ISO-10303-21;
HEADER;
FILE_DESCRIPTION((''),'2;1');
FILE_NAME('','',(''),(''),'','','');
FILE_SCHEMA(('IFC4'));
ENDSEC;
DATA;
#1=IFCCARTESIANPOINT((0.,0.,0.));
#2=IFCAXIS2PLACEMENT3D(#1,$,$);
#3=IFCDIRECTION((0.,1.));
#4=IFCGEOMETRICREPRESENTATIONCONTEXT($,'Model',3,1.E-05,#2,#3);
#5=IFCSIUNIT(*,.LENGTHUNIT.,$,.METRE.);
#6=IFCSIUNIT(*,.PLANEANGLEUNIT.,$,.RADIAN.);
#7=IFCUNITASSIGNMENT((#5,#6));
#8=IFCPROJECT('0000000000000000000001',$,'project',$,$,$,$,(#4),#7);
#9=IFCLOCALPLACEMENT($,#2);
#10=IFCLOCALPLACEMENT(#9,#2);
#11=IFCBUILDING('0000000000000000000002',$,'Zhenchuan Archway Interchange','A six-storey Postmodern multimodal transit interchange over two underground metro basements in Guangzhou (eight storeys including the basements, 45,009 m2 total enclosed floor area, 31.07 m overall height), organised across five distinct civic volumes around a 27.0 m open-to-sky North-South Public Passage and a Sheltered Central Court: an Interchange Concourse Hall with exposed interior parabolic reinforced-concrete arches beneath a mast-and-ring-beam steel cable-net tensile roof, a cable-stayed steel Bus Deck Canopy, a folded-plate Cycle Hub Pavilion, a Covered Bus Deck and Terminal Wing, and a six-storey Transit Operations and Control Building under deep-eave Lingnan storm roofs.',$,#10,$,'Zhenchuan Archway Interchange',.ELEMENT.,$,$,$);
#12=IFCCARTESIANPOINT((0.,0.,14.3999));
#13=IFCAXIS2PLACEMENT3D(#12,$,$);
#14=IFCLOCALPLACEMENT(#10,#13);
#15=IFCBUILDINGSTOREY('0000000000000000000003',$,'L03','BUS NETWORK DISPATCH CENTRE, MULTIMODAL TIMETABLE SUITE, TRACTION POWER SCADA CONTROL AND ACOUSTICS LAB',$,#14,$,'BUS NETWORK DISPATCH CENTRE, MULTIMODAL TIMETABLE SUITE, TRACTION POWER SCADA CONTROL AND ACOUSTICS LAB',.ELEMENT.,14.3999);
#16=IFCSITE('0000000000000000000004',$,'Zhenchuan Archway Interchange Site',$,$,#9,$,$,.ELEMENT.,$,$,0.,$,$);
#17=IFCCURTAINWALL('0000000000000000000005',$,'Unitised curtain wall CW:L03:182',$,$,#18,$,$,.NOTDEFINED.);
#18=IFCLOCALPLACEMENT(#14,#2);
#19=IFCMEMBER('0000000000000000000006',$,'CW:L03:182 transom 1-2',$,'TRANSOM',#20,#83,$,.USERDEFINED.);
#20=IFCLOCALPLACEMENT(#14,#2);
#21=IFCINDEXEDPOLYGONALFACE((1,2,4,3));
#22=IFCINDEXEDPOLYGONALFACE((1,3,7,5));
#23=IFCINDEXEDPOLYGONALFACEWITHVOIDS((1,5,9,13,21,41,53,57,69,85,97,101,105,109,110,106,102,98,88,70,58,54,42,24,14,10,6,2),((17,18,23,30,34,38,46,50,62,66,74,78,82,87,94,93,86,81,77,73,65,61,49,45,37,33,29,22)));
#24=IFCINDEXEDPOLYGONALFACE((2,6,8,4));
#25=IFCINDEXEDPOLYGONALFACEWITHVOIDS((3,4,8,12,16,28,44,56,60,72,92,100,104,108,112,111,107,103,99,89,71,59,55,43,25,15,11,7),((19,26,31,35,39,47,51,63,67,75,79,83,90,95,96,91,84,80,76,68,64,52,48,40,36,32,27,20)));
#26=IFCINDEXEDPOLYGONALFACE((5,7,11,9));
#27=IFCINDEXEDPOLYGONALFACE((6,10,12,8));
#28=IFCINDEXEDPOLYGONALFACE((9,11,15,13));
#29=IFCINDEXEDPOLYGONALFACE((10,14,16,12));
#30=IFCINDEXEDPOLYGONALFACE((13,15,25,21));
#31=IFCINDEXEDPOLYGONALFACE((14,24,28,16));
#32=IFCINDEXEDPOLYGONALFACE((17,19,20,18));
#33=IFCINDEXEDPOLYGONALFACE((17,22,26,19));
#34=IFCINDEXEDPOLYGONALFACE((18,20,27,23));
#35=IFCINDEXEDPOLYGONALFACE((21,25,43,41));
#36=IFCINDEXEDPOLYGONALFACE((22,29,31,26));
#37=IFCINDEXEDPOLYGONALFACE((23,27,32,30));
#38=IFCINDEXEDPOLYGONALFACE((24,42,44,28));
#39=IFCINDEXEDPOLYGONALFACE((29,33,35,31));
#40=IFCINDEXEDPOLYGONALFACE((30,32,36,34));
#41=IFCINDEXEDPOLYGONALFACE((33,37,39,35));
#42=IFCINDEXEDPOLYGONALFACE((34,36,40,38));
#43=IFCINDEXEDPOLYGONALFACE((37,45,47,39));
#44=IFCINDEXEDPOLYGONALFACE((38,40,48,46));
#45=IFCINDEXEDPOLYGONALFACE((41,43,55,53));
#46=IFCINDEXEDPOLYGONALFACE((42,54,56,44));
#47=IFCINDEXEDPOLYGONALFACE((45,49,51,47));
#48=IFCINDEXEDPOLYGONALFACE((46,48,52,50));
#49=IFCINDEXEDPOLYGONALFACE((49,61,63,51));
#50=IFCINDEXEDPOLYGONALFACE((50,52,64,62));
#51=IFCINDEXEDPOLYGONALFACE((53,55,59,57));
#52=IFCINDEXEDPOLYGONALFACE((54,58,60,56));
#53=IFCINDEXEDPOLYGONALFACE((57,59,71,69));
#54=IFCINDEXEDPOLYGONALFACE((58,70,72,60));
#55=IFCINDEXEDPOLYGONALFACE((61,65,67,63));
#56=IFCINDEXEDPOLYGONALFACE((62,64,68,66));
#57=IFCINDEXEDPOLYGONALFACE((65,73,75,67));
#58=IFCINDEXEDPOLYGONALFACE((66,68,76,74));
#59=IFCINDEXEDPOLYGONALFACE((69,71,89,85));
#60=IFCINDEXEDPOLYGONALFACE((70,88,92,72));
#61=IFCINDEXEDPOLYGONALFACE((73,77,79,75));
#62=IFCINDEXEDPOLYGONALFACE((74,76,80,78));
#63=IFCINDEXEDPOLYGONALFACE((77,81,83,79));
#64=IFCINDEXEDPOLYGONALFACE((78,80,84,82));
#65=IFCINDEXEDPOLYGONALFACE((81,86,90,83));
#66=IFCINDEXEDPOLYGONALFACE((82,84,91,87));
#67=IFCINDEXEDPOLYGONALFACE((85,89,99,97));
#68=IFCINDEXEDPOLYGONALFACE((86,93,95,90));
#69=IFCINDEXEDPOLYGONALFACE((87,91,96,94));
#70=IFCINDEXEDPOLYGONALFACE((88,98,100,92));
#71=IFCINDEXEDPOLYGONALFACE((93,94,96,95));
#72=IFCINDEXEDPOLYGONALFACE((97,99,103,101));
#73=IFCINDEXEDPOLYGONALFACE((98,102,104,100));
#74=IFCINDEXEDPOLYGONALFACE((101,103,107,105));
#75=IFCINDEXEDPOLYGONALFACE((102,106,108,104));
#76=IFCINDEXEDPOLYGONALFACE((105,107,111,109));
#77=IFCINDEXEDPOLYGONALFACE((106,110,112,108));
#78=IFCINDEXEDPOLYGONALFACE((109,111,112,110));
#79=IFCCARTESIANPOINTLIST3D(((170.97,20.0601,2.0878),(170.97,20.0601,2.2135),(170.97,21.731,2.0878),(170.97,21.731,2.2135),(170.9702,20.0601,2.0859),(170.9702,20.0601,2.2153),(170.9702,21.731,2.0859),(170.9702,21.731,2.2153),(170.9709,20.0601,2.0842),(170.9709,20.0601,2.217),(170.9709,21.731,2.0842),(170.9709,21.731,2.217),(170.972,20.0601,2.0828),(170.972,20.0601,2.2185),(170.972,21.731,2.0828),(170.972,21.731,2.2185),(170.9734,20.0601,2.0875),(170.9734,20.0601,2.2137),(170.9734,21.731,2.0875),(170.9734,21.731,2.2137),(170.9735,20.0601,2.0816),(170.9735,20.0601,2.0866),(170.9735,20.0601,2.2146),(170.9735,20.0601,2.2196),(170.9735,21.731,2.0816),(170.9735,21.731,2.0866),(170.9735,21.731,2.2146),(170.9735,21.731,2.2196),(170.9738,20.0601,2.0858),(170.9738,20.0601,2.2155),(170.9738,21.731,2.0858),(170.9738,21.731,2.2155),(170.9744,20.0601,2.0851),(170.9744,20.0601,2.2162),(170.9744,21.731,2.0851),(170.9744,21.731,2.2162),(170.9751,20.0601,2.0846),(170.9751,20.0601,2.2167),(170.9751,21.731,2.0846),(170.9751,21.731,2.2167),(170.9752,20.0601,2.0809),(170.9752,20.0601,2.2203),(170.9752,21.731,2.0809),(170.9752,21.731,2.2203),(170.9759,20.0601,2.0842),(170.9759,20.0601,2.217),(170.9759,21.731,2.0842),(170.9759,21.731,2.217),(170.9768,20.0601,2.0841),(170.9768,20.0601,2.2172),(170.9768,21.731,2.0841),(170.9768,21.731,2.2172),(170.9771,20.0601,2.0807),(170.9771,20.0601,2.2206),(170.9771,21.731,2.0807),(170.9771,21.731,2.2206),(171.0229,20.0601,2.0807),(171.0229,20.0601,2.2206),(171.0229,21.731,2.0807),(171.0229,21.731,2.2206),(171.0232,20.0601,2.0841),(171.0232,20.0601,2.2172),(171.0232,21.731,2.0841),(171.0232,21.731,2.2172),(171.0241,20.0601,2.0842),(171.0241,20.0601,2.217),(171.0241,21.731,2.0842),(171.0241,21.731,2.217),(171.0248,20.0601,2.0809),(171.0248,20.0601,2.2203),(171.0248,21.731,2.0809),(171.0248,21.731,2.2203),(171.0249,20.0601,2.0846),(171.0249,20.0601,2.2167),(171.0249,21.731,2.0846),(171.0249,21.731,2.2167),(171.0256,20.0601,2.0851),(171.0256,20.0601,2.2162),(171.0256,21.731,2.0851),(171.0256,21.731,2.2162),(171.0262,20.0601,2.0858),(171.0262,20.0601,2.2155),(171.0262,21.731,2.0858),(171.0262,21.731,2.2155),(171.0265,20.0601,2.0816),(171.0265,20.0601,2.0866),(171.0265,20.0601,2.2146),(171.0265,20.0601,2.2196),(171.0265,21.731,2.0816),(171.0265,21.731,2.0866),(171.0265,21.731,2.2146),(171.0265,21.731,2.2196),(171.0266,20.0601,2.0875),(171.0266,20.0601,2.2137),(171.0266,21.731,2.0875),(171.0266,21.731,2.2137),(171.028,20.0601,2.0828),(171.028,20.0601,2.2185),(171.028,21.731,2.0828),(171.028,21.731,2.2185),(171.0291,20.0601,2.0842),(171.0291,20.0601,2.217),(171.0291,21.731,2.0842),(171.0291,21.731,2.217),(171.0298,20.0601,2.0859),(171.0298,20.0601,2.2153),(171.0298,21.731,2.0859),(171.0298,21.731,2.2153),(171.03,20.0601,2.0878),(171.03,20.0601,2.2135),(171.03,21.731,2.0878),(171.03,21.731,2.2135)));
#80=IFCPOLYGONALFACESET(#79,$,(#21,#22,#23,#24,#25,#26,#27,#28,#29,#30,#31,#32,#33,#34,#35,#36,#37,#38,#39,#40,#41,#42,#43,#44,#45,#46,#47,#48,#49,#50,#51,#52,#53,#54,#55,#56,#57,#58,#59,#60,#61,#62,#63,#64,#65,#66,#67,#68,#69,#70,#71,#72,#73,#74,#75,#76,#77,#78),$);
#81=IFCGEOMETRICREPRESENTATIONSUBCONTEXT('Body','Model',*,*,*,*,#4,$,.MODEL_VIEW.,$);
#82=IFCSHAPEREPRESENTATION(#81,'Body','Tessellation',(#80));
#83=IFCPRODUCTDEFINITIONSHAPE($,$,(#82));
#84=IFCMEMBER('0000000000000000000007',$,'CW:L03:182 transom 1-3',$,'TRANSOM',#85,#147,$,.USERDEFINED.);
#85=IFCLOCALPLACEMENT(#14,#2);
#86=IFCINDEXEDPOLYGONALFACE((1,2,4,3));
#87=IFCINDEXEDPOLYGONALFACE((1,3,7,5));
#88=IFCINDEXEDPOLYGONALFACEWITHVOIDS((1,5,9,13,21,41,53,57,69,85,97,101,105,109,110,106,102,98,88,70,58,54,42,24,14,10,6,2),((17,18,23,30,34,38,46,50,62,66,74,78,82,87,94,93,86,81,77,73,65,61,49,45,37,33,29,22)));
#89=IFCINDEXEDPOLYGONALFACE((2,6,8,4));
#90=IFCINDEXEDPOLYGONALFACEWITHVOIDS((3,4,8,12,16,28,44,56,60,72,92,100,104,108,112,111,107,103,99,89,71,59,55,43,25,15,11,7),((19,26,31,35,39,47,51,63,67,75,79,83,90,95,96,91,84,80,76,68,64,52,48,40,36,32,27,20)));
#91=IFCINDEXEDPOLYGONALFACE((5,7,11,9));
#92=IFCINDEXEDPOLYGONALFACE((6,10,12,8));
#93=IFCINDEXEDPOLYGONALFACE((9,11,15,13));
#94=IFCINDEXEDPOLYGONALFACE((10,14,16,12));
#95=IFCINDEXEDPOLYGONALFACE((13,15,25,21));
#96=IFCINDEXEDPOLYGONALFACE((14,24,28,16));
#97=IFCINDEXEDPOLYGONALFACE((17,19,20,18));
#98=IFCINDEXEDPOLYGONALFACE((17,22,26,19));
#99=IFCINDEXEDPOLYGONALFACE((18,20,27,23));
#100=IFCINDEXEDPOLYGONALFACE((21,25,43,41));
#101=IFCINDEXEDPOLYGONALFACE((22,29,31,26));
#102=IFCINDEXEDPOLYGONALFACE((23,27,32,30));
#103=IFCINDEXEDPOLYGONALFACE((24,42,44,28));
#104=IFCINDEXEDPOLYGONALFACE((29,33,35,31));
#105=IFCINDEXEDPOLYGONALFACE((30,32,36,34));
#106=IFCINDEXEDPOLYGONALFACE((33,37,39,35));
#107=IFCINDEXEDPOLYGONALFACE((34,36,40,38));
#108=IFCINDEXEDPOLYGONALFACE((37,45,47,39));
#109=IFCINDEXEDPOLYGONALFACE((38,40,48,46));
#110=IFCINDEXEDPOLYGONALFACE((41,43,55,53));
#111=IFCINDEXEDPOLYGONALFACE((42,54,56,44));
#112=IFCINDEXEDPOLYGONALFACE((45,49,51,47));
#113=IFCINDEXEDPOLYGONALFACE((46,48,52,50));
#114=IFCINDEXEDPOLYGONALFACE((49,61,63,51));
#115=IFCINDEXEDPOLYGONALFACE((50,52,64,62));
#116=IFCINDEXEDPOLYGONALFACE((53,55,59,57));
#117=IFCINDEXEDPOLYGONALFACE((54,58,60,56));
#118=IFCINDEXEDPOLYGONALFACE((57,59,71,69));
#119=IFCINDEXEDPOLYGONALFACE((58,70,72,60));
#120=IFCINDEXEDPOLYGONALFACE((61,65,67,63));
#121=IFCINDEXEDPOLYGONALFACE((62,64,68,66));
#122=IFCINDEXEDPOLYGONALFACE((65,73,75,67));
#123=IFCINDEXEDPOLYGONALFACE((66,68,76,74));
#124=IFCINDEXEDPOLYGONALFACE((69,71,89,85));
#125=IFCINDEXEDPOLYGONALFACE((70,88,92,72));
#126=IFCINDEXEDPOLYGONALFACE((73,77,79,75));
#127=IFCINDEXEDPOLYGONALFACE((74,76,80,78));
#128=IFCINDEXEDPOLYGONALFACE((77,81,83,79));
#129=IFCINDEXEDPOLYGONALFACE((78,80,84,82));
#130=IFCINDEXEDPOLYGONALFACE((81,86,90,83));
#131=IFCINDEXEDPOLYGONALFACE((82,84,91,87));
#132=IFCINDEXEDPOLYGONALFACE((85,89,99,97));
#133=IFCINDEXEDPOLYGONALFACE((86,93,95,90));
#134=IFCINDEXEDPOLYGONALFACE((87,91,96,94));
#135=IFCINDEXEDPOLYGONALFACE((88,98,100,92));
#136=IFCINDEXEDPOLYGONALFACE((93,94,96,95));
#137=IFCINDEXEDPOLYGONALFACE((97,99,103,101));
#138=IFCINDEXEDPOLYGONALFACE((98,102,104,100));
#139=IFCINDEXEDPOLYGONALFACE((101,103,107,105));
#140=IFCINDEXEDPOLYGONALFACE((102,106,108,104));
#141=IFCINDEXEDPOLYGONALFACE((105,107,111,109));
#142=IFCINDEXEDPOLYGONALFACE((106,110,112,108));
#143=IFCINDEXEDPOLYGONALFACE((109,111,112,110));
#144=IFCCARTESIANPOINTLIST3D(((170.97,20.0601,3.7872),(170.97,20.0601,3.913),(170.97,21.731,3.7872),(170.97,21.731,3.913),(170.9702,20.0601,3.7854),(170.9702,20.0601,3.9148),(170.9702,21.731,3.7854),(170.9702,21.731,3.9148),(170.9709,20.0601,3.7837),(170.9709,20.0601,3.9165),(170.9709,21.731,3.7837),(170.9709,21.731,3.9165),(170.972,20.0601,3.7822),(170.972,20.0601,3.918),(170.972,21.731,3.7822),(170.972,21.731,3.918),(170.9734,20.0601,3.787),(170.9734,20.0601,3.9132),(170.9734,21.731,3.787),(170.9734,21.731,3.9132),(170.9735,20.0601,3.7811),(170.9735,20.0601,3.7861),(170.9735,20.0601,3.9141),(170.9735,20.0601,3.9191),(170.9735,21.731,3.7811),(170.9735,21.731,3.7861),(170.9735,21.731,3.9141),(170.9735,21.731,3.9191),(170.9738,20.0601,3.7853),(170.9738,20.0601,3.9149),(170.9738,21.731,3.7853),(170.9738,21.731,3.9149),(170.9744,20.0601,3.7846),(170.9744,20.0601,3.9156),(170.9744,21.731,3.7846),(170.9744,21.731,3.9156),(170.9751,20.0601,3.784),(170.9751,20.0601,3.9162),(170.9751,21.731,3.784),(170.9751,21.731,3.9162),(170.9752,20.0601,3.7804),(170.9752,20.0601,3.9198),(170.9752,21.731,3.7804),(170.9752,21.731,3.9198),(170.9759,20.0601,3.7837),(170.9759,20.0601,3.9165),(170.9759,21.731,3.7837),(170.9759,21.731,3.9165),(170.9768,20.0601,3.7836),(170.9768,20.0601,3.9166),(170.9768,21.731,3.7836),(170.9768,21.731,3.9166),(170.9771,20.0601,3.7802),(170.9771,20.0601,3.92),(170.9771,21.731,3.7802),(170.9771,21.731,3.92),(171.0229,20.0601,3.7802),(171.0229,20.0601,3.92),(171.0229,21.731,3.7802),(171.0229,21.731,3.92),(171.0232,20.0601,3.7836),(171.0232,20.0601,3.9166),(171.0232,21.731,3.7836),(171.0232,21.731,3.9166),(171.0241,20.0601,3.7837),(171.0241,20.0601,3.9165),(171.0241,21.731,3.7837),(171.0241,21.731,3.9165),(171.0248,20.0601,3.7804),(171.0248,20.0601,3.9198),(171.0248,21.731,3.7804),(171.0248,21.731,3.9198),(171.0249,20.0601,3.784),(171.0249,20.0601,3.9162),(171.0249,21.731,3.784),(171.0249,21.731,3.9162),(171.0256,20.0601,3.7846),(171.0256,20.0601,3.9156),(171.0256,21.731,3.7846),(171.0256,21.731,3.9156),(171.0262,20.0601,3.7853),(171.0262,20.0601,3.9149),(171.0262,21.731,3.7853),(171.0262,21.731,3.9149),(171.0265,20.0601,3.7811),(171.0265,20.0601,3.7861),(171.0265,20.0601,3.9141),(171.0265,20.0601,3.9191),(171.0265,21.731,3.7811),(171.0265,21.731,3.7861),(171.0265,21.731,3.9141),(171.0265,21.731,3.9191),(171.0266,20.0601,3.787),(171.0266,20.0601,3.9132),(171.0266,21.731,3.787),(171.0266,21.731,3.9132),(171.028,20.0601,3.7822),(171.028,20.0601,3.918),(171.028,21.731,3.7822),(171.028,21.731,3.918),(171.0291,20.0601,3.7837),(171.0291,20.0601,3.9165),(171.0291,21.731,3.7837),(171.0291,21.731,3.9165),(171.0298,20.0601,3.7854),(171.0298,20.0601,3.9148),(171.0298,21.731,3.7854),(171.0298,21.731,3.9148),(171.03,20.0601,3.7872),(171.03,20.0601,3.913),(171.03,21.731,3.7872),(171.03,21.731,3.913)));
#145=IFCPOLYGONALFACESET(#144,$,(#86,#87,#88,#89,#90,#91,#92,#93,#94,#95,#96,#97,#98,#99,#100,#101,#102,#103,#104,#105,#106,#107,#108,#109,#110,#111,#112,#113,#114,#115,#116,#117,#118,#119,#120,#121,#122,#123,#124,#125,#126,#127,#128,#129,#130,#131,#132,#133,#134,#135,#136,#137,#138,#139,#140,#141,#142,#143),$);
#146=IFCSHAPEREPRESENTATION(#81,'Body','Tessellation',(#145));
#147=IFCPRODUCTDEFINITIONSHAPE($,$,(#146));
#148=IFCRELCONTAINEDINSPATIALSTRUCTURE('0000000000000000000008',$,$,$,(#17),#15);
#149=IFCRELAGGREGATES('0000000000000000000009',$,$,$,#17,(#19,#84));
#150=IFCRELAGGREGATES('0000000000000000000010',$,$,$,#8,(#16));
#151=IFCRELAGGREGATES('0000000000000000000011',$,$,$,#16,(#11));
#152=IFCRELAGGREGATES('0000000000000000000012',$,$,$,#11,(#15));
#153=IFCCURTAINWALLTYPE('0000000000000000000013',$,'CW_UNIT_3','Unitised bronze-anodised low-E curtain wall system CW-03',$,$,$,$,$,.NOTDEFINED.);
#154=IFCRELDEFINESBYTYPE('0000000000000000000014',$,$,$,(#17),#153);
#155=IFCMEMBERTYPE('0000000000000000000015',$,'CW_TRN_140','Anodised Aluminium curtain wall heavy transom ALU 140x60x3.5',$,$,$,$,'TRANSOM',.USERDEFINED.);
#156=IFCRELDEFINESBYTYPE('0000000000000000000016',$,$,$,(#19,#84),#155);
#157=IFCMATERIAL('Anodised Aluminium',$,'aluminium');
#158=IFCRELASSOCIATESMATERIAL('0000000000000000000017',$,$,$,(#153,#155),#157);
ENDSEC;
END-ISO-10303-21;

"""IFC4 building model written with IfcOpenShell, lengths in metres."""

from ifc_helpers import new_model, si_unit, direction, frame, origin, origin_2d, place, context, subcontext, project, spatial, hollow_rectangle, extrude, material, material_profile, profile_set, type_object, element, aggregate, save


model = new_model("IFC4")

# Units and contexts
model_context = context("Model", 3, precision=1e-05, world=origin(), true_north=direction((0.0, 1.0)))
body_context = subcontext(model_context, "Body", "Model", "MODEL_VIEW")
ifc_project = project(units=[si_unit("LENGTHUNIT", "METRE"), si_unit("PLANEANGLEUNIT", "RADIAN")], contexts=[model_context])

# Site, building, storey
site_placement = place(None, origin())
site = spatial("IfcSite", under=ifc_project, at=site_placement, Name="Zhenchuan Archway Interchange Site", CompositionType="ELEMENT", RefElevation=0.0)
building_placement = place(site_placement, origin())
building = spatial("IfcBuilding", under=site, at=building_placement, Name="Zhenchuan Archway Interchange", Description="A six-storey Postmodern multimodal transit interchange over two underground metro basements in Guangzhou (eight storeys including the basements, 45,009 m2 total enclosed floor area, 31.07 m overall height), organised across five distinct civic volumes around a 27.0 m open-to-sky North-South Public Passage and a Sheltered Central Court: an Interchange Concourse Hall with exposed interior parabolic reinforced-concrete arches beneath a mast-and-ring-beam steel cable-net tensile roof, a cable-stayed steel Bus Deck Canopy, a folded-plate Cycle Hub Pavilion, a Covered Bus Deck and Terminal Wing, and a six-storey Transit Operations and Control Building under deep-eave Lingnan storm roofs.", LongName="Zhenchuan Archway Interchange", CompositionType="ELEMENT")
storey_placement = place(building_placement, frame((0.0, 0.0, 14.3999)))
storey = spatial("IfcBuildingStorey", under=building, at=storey_placement, Name="L03", Description="BUS NETWORK DISPATCH CENTRE, MULTIMODAL TIMETABLE SUITE, TRACTION POWER SCADA CONTROL AND ACOUSTICS LAB", LongName="BUS NETWORK DISPATCH CENTRE, MULTIMODAL TIMETABLE SUITE, TRACTION POWER SCADA CONTROL AND ACOUSTICS LAB", CompositionType="ELEMENT", Elevation=14.3999)

# Curtain wall, members
ifc_material_1 = material(Name="Anodised Aluminium", Category="aluminium")
curtain_wall_type = type_object("IfcCurtainWallType", Name="CW_UNIT_3", Description="Unitised bronze-anodised low-E curtain wall system CW-03", PredefinedType="NOTDEFINED", material=ifc_material_1)
curtain_wall_placement = place(storey_placement, origin())
curtain_wall = element("IfcCurtainWall", 1, at=curtain_wall_placement, inside=storey, type_object=curtain_wall_type, Name="Unitised curtain wall CW:L03:182", PredefinedType="NOTDEFINED")
ifc_material_profile_1 = material_profile(ifc_material_1, hollow_rectangle(XDim=0.0601, YDim=0.1399, WallThickness=0.0034, InnerFilletRadius=0.0034, OuterFilletRadius=0.0071, at=origin_2d()), Name="ALU 140x60x3.5")
ifc_profile_set_1 = profile_set([ifc_material_profile_1], Name="Anodised Aluminium")
member_type_1 = type_object("IfcMemberType", Name="CW_TRN_140", Description="Anodised Aluminium curtain wall heavy transom ALU 140x60x3.5", ElementType="TRANSOM", PredefinedType="USERDEFINED", material=ifc_profile_set_1)
member_1_placement = place(storey_placement, frame((171.0, 21.731, 2.1506), z_axis=(0.0, -1.0, 0.0), x_axis=(1.0, 0.0, 0.0)))
member_1 = element("IfcMember", 2, at=member_1_placement, type_object=member_type_1, Name="CW:L03:182 transom 1-2", ObjectType="TRANSOM", PredefinedType="USERDEFINED", context=body_context, shape_type="SweptSolid", body=[
    extrude(hollow_rectangle(XDim=0.0601, YDim=0.1399, WallThickness=0.0034, InnerFilletRadius=0.0034, OuterFilletRadius=0.0071, at=origin_2d()), origin(), (0.0, 0.0, 1.0), 1.6709),
])
member_2_placement = place(storey_placement, frame((171.0, 21.731, 3.8501), z_axis=(0.0, -1.0, 0.0), x_axis=(1.0, 0.0, 0.0)))
member_2 = element("IfcMember", 3, at=member_2_placement, type_object=member_type_1, Name="CW:L03:182 transom 1-3", ObjectType="TRANSOM", PredefinedType="USERDEFINED", context=body_context, shape_type="SweptSolid", body=[
    extrude(hollow_rectangle(XDim=0.0601, YDim=0.1399, WallThickness=0.0034, InnerFilletRadius=0.0034, OuterFilletRadius=0.0071, at=origin_2d()), origin(), (0.0, 0.0, 1.0), 1.6709),
])

aggregate(curtain_wall, [member_1, member_2])

save(model, "model.ifc")
